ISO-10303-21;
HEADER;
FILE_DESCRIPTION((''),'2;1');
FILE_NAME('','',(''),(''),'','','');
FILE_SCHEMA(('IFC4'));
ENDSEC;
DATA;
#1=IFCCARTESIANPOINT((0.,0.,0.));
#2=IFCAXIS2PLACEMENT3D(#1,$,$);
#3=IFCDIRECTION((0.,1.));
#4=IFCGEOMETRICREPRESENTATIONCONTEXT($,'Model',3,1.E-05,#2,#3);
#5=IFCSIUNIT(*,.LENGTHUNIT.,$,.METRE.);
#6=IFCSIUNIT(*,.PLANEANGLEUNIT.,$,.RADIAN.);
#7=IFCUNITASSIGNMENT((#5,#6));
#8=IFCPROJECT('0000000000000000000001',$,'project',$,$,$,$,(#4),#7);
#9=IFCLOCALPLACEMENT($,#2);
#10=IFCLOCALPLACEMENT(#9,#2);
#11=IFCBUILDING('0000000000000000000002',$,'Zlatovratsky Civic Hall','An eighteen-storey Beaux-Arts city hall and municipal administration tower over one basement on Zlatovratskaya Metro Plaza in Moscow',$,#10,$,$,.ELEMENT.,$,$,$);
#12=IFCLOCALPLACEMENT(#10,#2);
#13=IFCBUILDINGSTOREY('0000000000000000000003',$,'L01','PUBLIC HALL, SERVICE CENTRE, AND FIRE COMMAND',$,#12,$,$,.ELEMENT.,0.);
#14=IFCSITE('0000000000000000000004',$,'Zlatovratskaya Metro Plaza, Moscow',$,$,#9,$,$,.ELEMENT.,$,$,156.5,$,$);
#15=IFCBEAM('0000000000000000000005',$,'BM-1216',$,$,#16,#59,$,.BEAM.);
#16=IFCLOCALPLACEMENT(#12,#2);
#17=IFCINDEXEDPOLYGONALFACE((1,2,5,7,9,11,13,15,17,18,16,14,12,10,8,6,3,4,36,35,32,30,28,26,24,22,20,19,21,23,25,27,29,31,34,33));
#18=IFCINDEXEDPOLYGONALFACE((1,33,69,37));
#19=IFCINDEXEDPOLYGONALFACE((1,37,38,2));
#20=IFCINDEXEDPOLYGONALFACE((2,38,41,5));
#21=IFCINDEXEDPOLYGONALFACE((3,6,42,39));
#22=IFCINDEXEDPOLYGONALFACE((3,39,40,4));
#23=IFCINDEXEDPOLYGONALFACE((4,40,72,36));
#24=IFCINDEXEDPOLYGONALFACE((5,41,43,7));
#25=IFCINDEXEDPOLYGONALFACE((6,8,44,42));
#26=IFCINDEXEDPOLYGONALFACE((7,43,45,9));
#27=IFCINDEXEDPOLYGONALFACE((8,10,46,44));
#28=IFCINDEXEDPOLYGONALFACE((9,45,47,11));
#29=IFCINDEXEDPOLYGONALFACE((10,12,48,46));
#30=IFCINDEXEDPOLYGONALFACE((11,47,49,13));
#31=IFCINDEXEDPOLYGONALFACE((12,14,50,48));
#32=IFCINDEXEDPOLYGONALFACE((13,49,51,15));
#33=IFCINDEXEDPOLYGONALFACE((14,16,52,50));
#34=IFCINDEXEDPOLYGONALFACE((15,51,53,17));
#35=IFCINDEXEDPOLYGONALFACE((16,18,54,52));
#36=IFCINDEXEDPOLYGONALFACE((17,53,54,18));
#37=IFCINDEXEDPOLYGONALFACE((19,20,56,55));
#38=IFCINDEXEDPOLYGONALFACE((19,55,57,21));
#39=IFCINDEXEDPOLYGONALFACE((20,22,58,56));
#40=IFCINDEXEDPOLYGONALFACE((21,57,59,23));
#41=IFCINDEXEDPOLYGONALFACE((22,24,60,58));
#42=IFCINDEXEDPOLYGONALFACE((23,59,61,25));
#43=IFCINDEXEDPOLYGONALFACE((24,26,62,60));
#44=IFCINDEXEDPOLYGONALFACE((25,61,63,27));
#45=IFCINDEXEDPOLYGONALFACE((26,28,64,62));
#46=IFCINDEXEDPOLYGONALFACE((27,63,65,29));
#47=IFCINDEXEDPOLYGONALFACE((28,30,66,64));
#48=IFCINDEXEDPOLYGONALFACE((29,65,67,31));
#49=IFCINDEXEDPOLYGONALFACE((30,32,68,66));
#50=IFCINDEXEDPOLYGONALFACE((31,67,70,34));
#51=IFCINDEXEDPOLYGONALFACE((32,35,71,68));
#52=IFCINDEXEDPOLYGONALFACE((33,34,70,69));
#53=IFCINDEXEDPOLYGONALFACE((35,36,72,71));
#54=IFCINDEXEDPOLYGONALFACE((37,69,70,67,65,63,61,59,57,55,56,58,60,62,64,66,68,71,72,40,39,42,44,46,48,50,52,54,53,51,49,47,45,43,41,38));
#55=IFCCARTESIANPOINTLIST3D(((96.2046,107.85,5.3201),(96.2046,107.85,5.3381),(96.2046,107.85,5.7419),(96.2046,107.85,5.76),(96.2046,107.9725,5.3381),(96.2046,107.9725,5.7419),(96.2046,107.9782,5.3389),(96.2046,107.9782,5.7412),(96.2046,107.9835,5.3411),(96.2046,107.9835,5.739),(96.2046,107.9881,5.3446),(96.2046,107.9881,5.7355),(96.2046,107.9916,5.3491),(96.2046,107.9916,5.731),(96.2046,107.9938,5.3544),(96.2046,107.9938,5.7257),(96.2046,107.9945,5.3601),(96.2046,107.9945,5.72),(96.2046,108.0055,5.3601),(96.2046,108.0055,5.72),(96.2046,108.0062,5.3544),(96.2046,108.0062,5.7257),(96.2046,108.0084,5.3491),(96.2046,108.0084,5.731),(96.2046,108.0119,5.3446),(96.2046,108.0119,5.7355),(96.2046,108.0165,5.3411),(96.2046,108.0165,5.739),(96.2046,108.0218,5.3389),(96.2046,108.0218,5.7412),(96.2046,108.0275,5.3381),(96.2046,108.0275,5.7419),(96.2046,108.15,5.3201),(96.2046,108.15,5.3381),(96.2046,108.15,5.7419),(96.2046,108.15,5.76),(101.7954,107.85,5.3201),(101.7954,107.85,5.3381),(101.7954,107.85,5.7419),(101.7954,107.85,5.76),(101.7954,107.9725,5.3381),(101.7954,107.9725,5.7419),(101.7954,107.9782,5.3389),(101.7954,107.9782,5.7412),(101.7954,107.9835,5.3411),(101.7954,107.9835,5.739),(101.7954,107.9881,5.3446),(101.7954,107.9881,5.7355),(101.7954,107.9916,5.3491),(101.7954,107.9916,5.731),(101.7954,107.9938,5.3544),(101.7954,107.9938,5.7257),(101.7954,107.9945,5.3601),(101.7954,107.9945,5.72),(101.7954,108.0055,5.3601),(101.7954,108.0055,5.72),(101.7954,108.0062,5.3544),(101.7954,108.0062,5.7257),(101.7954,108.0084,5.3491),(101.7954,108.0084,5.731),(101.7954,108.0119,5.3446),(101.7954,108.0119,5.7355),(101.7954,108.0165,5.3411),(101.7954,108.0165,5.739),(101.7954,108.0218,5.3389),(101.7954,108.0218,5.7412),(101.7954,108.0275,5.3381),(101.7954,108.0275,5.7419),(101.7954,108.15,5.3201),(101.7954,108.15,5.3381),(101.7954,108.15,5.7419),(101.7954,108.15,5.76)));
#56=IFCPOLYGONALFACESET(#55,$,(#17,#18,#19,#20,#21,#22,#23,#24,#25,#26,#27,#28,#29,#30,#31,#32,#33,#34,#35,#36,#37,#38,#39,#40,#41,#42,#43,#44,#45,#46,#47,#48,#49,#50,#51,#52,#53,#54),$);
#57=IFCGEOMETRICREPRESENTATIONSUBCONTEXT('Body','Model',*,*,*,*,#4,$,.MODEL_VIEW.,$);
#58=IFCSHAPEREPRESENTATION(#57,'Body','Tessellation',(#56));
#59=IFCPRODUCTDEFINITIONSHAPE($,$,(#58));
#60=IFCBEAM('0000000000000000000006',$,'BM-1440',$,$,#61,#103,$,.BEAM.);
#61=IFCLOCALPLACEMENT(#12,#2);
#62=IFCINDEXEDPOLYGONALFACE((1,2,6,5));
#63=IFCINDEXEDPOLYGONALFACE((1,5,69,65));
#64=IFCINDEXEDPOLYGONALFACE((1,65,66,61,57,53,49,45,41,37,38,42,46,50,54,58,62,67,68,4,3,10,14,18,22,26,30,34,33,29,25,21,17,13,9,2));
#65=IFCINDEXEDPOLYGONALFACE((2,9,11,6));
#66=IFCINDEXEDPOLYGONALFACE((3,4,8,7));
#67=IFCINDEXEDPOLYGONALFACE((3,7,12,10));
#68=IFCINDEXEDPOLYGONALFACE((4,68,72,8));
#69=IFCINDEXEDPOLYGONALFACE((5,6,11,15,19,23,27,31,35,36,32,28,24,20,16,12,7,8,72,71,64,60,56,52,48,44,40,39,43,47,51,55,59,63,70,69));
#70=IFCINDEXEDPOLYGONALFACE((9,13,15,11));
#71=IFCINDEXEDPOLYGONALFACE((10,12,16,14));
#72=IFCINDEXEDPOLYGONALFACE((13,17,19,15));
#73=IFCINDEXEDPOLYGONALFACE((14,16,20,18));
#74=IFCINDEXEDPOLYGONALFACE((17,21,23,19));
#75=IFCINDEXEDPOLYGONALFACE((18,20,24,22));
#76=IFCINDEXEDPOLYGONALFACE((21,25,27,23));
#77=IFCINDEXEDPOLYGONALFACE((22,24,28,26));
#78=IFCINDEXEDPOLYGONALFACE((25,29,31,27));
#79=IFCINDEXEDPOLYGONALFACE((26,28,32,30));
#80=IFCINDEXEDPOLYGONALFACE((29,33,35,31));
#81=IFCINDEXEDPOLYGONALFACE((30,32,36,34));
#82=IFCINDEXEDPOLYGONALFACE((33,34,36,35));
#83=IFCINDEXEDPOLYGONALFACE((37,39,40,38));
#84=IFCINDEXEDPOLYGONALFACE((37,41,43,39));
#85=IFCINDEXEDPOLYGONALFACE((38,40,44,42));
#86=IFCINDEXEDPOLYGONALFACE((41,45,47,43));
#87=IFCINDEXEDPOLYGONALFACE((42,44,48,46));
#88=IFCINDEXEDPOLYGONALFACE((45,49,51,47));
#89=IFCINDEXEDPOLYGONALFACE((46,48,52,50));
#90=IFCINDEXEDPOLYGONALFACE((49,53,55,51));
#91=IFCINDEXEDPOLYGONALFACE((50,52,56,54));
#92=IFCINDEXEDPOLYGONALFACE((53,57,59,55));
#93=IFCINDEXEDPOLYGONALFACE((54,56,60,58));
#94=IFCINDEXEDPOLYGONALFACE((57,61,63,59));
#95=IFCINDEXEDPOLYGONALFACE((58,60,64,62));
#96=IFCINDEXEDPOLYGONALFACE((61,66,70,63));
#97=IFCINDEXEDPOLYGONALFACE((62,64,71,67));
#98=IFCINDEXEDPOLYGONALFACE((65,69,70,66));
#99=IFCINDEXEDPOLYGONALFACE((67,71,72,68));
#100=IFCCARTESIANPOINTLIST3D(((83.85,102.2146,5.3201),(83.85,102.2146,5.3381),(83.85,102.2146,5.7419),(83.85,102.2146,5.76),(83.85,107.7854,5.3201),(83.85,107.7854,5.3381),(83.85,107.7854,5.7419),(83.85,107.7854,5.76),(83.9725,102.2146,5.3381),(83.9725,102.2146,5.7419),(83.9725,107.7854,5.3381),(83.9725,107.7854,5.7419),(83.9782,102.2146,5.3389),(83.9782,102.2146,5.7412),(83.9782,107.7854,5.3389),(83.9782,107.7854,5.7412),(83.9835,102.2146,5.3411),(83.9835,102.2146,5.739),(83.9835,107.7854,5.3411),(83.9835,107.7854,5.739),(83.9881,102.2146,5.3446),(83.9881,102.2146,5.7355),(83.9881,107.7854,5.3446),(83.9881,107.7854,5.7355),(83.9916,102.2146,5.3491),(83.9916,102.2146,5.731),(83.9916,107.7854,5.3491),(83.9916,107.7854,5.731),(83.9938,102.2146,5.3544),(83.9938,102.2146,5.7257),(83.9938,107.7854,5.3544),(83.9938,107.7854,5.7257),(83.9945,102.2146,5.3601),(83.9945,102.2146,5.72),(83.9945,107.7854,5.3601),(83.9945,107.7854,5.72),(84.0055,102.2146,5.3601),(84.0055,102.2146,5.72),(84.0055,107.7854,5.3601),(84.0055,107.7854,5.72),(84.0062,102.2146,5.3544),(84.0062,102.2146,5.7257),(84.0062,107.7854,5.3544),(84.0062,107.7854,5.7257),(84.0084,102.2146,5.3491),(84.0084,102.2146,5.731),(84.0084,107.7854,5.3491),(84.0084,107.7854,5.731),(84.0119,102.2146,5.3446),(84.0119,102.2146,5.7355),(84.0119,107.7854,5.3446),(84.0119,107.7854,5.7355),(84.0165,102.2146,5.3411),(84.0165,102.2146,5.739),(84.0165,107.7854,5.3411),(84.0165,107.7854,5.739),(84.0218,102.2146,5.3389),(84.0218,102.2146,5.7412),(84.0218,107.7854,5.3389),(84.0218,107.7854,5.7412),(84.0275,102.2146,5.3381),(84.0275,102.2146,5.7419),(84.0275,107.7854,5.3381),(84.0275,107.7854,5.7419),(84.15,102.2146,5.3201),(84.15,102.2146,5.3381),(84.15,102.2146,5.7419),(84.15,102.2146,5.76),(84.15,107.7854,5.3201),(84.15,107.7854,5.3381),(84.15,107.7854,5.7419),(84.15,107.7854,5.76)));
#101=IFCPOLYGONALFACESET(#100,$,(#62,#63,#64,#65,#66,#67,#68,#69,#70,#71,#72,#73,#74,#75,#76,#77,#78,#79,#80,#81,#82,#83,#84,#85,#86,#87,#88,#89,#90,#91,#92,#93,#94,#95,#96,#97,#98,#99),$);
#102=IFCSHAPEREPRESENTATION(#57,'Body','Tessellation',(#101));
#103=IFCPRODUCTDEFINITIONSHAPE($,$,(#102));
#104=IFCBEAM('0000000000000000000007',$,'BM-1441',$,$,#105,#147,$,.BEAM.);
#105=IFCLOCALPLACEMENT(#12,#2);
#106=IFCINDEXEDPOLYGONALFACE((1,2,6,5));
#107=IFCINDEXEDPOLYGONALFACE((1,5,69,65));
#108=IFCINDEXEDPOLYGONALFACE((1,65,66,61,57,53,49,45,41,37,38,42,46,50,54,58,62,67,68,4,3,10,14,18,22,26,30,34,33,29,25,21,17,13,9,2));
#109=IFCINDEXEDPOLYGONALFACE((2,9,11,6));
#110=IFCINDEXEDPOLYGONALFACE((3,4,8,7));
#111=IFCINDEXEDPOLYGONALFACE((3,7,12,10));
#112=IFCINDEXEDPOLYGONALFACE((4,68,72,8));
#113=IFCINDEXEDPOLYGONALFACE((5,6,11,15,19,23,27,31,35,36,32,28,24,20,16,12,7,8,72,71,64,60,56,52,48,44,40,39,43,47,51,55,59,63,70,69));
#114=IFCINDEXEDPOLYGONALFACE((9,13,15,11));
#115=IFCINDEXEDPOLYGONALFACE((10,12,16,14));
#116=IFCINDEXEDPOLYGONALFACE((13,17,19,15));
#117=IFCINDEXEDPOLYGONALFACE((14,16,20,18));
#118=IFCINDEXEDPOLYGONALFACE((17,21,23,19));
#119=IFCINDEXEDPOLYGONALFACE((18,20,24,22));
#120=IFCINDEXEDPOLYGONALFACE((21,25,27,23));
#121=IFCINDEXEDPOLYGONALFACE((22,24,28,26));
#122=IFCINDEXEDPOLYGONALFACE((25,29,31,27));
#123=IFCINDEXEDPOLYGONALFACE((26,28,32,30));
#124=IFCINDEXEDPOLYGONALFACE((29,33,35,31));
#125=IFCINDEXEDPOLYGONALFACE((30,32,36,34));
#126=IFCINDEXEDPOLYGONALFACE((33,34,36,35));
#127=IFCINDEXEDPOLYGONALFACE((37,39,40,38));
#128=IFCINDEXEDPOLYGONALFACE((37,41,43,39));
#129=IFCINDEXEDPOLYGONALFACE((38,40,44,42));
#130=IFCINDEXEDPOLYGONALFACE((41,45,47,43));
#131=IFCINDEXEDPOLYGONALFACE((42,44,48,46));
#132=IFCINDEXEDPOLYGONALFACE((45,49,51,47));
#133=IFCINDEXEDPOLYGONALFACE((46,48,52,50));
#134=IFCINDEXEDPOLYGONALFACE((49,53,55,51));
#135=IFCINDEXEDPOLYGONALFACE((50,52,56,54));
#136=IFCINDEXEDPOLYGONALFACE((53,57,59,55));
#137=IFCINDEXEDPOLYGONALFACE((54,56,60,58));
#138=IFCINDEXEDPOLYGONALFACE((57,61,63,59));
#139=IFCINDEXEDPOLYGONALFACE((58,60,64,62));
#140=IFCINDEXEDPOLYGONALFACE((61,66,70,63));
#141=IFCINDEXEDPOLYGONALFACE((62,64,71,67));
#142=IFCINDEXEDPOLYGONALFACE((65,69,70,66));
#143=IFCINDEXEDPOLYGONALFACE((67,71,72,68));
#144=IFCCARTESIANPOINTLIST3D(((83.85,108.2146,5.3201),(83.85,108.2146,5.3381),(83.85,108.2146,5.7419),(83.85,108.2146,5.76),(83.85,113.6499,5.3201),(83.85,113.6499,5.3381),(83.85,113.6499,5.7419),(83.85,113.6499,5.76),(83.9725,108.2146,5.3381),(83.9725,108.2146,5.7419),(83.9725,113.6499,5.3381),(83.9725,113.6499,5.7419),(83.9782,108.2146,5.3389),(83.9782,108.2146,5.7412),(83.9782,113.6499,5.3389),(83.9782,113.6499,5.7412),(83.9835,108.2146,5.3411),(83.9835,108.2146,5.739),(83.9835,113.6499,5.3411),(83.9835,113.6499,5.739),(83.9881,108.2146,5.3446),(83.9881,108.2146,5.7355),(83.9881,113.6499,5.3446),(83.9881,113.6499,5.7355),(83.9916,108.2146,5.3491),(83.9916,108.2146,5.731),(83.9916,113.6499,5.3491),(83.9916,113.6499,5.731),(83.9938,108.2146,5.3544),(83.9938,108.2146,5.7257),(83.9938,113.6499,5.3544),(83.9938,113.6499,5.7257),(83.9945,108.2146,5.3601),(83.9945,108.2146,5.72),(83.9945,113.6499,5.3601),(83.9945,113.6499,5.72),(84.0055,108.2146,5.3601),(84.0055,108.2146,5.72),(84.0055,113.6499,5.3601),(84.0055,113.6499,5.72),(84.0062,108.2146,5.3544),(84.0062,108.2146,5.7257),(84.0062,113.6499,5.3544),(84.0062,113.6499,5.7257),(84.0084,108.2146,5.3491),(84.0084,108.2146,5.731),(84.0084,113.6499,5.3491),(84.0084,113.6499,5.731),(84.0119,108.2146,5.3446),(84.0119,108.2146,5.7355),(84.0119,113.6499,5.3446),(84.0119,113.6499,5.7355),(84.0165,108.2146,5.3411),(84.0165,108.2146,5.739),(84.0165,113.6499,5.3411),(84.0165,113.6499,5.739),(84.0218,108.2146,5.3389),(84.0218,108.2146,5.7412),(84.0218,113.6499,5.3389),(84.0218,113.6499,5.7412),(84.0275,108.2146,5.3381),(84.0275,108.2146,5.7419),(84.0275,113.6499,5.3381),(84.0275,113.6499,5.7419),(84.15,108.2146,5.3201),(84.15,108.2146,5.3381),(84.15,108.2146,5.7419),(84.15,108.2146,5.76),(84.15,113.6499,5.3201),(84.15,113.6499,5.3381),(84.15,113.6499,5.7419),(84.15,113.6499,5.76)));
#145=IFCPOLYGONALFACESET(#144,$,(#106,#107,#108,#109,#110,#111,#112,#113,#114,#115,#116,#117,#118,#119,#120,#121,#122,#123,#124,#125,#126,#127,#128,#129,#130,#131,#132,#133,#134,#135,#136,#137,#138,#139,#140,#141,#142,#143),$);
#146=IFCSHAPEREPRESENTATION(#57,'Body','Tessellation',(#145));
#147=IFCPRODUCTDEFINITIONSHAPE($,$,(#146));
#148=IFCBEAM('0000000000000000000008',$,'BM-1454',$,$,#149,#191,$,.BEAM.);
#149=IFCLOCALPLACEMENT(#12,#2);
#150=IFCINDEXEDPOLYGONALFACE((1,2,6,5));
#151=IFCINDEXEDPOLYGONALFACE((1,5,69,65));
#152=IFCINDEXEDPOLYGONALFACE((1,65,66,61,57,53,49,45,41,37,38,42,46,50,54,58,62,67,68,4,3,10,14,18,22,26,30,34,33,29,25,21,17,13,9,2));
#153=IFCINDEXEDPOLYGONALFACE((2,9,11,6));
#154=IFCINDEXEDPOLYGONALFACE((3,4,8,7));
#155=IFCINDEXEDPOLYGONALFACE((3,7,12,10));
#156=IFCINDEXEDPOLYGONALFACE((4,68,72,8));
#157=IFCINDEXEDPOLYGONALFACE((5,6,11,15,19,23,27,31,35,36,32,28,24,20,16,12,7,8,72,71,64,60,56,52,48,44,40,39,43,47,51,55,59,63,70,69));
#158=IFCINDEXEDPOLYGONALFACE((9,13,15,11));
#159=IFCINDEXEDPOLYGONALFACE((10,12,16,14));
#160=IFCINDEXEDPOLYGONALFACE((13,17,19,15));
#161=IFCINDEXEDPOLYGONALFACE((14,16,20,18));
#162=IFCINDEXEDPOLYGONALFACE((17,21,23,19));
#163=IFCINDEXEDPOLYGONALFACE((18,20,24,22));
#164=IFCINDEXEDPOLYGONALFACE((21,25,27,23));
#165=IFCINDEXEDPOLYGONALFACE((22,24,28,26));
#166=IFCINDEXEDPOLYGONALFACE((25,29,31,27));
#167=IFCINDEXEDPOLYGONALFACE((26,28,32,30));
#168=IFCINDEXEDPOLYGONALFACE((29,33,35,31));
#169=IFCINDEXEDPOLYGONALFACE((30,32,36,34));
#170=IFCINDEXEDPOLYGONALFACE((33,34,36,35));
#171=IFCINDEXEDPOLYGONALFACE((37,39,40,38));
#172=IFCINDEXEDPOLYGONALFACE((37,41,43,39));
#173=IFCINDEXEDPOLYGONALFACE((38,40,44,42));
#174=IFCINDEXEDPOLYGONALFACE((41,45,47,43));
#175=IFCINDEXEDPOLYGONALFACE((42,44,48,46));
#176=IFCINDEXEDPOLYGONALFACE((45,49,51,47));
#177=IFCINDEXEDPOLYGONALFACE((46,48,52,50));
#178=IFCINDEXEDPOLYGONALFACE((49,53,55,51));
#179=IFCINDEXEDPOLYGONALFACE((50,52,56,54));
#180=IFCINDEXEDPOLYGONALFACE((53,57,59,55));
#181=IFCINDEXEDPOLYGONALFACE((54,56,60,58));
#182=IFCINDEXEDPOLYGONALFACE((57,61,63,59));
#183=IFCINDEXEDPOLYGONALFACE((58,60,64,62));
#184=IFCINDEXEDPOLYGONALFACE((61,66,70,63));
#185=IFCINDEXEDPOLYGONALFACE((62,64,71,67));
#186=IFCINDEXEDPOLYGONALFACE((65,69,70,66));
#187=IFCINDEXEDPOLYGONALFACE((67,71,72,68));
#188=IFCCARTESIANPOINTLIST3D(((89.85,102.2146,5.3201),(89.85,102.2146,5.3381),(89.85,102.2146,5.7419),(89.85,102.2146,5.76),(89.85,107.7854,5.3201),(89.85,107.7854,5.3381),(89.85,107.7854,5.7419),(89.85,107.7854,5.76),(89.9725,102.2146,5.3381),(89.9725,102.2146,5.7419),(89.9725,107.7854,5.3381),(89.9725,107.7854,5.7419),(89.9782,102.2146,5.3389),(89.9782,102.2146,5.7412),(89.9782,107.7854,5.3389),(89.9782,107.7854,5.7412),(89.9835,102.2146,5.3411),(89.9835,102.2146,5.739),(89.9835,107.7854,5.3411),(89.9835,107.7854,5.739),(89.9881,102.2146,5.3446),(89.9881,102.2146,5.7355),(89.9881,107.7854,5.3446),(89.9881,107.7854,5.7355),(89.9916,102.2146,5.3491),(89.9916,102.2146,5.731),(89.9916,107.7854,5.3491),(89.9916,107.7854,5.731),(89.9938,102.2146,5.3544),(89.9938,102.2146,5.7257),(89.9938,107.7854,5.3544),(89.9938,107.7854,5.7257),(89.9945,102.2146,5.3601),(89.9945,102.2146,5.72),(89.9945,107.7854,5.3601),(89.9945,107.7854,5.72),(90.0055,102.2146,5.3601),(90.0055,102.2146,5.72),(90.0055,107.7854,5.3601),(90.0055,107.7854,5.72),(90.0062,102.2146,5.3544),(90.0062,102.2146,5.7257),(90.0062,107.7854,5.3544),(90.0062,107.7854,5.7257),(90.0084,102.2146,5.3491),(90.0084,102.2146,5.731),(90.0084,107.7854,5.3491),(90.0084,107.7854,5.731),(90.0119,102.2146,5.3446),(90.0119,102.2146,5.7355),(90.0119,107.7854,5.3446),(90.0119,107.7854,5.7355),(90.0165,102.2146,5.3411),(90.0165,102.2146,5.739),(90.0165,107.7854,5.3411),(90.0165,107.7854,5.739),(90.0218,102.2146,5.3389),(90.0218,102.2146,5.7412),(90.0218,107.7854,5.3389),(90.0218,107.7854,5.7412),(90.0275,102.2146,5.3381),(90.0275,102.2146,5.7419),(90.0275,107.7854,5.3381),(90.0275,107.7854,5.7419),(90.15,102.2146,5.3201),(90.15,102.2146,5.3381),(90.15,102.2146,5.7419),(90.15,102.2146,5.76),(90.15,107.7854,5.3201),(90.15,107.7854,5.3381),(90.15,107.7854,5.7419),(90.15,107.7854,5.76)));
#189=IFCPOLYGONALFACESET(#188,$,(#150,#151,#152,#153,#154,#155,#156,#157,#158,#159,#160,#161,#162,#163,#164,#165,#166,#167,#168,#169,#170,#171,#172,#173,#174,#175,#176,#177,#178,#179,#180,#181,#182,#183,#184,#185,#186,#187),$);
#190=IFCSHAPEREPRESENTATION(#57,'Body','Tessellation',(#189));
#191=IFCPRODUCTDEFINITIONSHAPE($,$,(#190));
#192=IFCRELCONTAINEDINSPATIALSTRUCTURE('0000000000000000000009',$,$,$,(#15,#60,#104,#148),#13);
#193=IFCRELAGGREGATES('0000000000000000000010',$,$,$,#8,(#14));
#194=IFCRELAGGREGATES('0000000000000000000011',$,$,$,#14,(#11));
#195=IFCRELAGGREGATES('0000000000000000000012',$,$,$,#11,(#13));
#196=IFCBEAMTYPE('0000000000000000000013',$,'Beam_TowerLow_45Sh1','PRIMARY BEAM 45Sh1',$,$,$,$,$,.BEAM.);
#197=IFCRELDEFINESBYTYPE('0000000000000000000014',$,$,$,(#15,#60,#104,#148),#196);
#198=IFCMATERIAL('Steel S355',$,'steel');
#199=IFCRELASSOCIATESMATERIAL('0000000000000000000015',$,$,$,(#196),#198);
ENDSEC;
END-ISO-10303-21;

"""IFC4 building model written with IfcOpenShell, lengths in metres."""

from ifc_helpers import new_model, si_unit, direction, frame, origin, origin_2d, place, context, subcontext, project, spatial, i_section, extrude, material, material_profile, profile_set, type_object, element, save


model = new_model("IFC4")

# Units and contexts
model_context = context("Model", 3, precision=1e-05, world=origin(), true_north=direction((0.0, 1.0)))
body_context = subcontext(model_context, "Body", "Model", "MODEL_VIEW")
ifc_project = project(units=[si_unit("LENGTHUNIT", "METRE"), si_unit("PLANEANGLEUNIT", "RADIAN")], contexts=[model_context])

# Site, building, storey
site_placement = place(None, origin())
site = spatial("IfcSite", under=ifc_project, at=site_placement, Name="Zlatovratskaya Metro Plaza, Moscow", CompositionType="ELEMENT", RefElevation=156.5)
building_placement = place(site_placement, origin())
building = spatial("IfcBuilding", under=site, at=building_placement, Name="Zlatovratsky Civic Hall", Description="An eighteen-storey Beaux-Arts city hall and municipal administration tower over one basement on Zlatovratskaya Metro Plaza in Moscow", CompositionType="ELEMENT")
storey_placement = place(building_placement, origin())
storey = spatial("IfcBuildingStorey", under=building, at=storey_placement, Name="L01", Description="PUBLIC HALL, SERVICE CENTRE, AND FIRE COMMAND", CompositionType="ELEMENT", Elevation=0.0)

# Shared definitions
ifc_material_1 = material(Name="Steel S355", Category="steel")

# Beams
ifc_material_profile_1 = material_profile(ifc_material_1, i_section(OverallWidth=0.3, OverallDepth=0.4399, WebThickness=0.011, FlangeThickness=0.0181, FilletRadius=0.022, at=origin_2d()), Name="45Sh1")
ifc_profile_set_1 = profile_set([ifc_material_profile_1], Name="Steel S355")
beam_type_1 = type_object("IfcBeamType", Name="Beam_TowerLow_45Sh1", Description="PRIMARY BEAM 45Sh1", PredefinedType="BEAM", material=ifc_profile_set_1)
for number, where, z_axis, x_axis, name in (
    (1, (96.2046, 108.0, 5.54), (1.0, 0.0, 0.0), (0.0, 1.0, 0.0), "BM-1216"),
):
    element("IfcBeam", number, at=place(storey_placement, frame(where, z_axis=z_axis, x_axis=x_axis)), inside=storey, type_object=beam_type_1, Name=name, PredefinedType="BEAM", context=body_context, shape_type="SweptSolid", body=[
        extrude(i_section(OverallWidth=0.3, OverallDepth=0.4399, WebThickness=0.011, FlangeThickness=0.0181, FilletRadius=0.022, at=origin_2d()), origin(), (0.0, 0.0, 1.0), 5.5908),
    ])
beam_1_placement = place(storey_placement, frame((84.0, 102.2146, 5.54), z_axis=(0.0, 1.0, 0.0), x_axis=(-1.0, 0.0, 0.0)))
element("IfcBeam", 2, at=beam_1_placement, inside=storey, type_object=beam_type_1, Name="BM-1440", PredefinedType="BEAM", context=body_context, shape_type="SweptSolid", body=[
    extrude(i_section(OverallWidth=0.3, OverallDepth=0.4399, WebThickness=0.011, FlangeThickness=0.0181, FilletRadius=0.022, at=origin_2d()), origin(), (0.0, 0.0, 1.0), 5.5708),
])
beam_2_placement = place(storey_placement, frame((84.0, 108.2146, 5.54), z_axis=(0.0, 1.0, 0.0), x_axis=(-1.0, 0.0, 0.0)))
element("IfcBeam", 3, at=beam_2_placement, inside=storey, type_object=beam_type_1, Name="BM-1441", PredefinedType="BEAM", context=body_context, shape_type="SweptSolid", body=[
    extrude(i_section(OverallWidth=0.3, OverallDepth=0.4399, WebThickness=0.011, FlangeThickness=0.0181, FilletRadius=0.022, at=origin_2d()), origin(), (0.0, 0.0, 1.0), 5.4353),
])
beam_3_placement = place(storey_placement, frame((90.0, 102.2146, 5.54), z_axis=(0.0, 1.0, 0.0), x_axis=(-1.0, 0.0, 0.0)))
element("IfcBeam", 4, at=beam_3_placement, inside=storey, type_object=beam_type_1, Name="BM-1454", PredefinedType="BEAM", context=body_context, shape_type="SweptSolid", body=[
    extrude(i_section(OverallWidth=0.3, OverallDepth=0.4399, WebThickness=0.011, FlangeThickness=0.0181, FilletRadius=0.022, at=origin_2d()), origin(), (0.0, 0.0, 1.0), 5.5708),
])

save(model, "model.ifc")
